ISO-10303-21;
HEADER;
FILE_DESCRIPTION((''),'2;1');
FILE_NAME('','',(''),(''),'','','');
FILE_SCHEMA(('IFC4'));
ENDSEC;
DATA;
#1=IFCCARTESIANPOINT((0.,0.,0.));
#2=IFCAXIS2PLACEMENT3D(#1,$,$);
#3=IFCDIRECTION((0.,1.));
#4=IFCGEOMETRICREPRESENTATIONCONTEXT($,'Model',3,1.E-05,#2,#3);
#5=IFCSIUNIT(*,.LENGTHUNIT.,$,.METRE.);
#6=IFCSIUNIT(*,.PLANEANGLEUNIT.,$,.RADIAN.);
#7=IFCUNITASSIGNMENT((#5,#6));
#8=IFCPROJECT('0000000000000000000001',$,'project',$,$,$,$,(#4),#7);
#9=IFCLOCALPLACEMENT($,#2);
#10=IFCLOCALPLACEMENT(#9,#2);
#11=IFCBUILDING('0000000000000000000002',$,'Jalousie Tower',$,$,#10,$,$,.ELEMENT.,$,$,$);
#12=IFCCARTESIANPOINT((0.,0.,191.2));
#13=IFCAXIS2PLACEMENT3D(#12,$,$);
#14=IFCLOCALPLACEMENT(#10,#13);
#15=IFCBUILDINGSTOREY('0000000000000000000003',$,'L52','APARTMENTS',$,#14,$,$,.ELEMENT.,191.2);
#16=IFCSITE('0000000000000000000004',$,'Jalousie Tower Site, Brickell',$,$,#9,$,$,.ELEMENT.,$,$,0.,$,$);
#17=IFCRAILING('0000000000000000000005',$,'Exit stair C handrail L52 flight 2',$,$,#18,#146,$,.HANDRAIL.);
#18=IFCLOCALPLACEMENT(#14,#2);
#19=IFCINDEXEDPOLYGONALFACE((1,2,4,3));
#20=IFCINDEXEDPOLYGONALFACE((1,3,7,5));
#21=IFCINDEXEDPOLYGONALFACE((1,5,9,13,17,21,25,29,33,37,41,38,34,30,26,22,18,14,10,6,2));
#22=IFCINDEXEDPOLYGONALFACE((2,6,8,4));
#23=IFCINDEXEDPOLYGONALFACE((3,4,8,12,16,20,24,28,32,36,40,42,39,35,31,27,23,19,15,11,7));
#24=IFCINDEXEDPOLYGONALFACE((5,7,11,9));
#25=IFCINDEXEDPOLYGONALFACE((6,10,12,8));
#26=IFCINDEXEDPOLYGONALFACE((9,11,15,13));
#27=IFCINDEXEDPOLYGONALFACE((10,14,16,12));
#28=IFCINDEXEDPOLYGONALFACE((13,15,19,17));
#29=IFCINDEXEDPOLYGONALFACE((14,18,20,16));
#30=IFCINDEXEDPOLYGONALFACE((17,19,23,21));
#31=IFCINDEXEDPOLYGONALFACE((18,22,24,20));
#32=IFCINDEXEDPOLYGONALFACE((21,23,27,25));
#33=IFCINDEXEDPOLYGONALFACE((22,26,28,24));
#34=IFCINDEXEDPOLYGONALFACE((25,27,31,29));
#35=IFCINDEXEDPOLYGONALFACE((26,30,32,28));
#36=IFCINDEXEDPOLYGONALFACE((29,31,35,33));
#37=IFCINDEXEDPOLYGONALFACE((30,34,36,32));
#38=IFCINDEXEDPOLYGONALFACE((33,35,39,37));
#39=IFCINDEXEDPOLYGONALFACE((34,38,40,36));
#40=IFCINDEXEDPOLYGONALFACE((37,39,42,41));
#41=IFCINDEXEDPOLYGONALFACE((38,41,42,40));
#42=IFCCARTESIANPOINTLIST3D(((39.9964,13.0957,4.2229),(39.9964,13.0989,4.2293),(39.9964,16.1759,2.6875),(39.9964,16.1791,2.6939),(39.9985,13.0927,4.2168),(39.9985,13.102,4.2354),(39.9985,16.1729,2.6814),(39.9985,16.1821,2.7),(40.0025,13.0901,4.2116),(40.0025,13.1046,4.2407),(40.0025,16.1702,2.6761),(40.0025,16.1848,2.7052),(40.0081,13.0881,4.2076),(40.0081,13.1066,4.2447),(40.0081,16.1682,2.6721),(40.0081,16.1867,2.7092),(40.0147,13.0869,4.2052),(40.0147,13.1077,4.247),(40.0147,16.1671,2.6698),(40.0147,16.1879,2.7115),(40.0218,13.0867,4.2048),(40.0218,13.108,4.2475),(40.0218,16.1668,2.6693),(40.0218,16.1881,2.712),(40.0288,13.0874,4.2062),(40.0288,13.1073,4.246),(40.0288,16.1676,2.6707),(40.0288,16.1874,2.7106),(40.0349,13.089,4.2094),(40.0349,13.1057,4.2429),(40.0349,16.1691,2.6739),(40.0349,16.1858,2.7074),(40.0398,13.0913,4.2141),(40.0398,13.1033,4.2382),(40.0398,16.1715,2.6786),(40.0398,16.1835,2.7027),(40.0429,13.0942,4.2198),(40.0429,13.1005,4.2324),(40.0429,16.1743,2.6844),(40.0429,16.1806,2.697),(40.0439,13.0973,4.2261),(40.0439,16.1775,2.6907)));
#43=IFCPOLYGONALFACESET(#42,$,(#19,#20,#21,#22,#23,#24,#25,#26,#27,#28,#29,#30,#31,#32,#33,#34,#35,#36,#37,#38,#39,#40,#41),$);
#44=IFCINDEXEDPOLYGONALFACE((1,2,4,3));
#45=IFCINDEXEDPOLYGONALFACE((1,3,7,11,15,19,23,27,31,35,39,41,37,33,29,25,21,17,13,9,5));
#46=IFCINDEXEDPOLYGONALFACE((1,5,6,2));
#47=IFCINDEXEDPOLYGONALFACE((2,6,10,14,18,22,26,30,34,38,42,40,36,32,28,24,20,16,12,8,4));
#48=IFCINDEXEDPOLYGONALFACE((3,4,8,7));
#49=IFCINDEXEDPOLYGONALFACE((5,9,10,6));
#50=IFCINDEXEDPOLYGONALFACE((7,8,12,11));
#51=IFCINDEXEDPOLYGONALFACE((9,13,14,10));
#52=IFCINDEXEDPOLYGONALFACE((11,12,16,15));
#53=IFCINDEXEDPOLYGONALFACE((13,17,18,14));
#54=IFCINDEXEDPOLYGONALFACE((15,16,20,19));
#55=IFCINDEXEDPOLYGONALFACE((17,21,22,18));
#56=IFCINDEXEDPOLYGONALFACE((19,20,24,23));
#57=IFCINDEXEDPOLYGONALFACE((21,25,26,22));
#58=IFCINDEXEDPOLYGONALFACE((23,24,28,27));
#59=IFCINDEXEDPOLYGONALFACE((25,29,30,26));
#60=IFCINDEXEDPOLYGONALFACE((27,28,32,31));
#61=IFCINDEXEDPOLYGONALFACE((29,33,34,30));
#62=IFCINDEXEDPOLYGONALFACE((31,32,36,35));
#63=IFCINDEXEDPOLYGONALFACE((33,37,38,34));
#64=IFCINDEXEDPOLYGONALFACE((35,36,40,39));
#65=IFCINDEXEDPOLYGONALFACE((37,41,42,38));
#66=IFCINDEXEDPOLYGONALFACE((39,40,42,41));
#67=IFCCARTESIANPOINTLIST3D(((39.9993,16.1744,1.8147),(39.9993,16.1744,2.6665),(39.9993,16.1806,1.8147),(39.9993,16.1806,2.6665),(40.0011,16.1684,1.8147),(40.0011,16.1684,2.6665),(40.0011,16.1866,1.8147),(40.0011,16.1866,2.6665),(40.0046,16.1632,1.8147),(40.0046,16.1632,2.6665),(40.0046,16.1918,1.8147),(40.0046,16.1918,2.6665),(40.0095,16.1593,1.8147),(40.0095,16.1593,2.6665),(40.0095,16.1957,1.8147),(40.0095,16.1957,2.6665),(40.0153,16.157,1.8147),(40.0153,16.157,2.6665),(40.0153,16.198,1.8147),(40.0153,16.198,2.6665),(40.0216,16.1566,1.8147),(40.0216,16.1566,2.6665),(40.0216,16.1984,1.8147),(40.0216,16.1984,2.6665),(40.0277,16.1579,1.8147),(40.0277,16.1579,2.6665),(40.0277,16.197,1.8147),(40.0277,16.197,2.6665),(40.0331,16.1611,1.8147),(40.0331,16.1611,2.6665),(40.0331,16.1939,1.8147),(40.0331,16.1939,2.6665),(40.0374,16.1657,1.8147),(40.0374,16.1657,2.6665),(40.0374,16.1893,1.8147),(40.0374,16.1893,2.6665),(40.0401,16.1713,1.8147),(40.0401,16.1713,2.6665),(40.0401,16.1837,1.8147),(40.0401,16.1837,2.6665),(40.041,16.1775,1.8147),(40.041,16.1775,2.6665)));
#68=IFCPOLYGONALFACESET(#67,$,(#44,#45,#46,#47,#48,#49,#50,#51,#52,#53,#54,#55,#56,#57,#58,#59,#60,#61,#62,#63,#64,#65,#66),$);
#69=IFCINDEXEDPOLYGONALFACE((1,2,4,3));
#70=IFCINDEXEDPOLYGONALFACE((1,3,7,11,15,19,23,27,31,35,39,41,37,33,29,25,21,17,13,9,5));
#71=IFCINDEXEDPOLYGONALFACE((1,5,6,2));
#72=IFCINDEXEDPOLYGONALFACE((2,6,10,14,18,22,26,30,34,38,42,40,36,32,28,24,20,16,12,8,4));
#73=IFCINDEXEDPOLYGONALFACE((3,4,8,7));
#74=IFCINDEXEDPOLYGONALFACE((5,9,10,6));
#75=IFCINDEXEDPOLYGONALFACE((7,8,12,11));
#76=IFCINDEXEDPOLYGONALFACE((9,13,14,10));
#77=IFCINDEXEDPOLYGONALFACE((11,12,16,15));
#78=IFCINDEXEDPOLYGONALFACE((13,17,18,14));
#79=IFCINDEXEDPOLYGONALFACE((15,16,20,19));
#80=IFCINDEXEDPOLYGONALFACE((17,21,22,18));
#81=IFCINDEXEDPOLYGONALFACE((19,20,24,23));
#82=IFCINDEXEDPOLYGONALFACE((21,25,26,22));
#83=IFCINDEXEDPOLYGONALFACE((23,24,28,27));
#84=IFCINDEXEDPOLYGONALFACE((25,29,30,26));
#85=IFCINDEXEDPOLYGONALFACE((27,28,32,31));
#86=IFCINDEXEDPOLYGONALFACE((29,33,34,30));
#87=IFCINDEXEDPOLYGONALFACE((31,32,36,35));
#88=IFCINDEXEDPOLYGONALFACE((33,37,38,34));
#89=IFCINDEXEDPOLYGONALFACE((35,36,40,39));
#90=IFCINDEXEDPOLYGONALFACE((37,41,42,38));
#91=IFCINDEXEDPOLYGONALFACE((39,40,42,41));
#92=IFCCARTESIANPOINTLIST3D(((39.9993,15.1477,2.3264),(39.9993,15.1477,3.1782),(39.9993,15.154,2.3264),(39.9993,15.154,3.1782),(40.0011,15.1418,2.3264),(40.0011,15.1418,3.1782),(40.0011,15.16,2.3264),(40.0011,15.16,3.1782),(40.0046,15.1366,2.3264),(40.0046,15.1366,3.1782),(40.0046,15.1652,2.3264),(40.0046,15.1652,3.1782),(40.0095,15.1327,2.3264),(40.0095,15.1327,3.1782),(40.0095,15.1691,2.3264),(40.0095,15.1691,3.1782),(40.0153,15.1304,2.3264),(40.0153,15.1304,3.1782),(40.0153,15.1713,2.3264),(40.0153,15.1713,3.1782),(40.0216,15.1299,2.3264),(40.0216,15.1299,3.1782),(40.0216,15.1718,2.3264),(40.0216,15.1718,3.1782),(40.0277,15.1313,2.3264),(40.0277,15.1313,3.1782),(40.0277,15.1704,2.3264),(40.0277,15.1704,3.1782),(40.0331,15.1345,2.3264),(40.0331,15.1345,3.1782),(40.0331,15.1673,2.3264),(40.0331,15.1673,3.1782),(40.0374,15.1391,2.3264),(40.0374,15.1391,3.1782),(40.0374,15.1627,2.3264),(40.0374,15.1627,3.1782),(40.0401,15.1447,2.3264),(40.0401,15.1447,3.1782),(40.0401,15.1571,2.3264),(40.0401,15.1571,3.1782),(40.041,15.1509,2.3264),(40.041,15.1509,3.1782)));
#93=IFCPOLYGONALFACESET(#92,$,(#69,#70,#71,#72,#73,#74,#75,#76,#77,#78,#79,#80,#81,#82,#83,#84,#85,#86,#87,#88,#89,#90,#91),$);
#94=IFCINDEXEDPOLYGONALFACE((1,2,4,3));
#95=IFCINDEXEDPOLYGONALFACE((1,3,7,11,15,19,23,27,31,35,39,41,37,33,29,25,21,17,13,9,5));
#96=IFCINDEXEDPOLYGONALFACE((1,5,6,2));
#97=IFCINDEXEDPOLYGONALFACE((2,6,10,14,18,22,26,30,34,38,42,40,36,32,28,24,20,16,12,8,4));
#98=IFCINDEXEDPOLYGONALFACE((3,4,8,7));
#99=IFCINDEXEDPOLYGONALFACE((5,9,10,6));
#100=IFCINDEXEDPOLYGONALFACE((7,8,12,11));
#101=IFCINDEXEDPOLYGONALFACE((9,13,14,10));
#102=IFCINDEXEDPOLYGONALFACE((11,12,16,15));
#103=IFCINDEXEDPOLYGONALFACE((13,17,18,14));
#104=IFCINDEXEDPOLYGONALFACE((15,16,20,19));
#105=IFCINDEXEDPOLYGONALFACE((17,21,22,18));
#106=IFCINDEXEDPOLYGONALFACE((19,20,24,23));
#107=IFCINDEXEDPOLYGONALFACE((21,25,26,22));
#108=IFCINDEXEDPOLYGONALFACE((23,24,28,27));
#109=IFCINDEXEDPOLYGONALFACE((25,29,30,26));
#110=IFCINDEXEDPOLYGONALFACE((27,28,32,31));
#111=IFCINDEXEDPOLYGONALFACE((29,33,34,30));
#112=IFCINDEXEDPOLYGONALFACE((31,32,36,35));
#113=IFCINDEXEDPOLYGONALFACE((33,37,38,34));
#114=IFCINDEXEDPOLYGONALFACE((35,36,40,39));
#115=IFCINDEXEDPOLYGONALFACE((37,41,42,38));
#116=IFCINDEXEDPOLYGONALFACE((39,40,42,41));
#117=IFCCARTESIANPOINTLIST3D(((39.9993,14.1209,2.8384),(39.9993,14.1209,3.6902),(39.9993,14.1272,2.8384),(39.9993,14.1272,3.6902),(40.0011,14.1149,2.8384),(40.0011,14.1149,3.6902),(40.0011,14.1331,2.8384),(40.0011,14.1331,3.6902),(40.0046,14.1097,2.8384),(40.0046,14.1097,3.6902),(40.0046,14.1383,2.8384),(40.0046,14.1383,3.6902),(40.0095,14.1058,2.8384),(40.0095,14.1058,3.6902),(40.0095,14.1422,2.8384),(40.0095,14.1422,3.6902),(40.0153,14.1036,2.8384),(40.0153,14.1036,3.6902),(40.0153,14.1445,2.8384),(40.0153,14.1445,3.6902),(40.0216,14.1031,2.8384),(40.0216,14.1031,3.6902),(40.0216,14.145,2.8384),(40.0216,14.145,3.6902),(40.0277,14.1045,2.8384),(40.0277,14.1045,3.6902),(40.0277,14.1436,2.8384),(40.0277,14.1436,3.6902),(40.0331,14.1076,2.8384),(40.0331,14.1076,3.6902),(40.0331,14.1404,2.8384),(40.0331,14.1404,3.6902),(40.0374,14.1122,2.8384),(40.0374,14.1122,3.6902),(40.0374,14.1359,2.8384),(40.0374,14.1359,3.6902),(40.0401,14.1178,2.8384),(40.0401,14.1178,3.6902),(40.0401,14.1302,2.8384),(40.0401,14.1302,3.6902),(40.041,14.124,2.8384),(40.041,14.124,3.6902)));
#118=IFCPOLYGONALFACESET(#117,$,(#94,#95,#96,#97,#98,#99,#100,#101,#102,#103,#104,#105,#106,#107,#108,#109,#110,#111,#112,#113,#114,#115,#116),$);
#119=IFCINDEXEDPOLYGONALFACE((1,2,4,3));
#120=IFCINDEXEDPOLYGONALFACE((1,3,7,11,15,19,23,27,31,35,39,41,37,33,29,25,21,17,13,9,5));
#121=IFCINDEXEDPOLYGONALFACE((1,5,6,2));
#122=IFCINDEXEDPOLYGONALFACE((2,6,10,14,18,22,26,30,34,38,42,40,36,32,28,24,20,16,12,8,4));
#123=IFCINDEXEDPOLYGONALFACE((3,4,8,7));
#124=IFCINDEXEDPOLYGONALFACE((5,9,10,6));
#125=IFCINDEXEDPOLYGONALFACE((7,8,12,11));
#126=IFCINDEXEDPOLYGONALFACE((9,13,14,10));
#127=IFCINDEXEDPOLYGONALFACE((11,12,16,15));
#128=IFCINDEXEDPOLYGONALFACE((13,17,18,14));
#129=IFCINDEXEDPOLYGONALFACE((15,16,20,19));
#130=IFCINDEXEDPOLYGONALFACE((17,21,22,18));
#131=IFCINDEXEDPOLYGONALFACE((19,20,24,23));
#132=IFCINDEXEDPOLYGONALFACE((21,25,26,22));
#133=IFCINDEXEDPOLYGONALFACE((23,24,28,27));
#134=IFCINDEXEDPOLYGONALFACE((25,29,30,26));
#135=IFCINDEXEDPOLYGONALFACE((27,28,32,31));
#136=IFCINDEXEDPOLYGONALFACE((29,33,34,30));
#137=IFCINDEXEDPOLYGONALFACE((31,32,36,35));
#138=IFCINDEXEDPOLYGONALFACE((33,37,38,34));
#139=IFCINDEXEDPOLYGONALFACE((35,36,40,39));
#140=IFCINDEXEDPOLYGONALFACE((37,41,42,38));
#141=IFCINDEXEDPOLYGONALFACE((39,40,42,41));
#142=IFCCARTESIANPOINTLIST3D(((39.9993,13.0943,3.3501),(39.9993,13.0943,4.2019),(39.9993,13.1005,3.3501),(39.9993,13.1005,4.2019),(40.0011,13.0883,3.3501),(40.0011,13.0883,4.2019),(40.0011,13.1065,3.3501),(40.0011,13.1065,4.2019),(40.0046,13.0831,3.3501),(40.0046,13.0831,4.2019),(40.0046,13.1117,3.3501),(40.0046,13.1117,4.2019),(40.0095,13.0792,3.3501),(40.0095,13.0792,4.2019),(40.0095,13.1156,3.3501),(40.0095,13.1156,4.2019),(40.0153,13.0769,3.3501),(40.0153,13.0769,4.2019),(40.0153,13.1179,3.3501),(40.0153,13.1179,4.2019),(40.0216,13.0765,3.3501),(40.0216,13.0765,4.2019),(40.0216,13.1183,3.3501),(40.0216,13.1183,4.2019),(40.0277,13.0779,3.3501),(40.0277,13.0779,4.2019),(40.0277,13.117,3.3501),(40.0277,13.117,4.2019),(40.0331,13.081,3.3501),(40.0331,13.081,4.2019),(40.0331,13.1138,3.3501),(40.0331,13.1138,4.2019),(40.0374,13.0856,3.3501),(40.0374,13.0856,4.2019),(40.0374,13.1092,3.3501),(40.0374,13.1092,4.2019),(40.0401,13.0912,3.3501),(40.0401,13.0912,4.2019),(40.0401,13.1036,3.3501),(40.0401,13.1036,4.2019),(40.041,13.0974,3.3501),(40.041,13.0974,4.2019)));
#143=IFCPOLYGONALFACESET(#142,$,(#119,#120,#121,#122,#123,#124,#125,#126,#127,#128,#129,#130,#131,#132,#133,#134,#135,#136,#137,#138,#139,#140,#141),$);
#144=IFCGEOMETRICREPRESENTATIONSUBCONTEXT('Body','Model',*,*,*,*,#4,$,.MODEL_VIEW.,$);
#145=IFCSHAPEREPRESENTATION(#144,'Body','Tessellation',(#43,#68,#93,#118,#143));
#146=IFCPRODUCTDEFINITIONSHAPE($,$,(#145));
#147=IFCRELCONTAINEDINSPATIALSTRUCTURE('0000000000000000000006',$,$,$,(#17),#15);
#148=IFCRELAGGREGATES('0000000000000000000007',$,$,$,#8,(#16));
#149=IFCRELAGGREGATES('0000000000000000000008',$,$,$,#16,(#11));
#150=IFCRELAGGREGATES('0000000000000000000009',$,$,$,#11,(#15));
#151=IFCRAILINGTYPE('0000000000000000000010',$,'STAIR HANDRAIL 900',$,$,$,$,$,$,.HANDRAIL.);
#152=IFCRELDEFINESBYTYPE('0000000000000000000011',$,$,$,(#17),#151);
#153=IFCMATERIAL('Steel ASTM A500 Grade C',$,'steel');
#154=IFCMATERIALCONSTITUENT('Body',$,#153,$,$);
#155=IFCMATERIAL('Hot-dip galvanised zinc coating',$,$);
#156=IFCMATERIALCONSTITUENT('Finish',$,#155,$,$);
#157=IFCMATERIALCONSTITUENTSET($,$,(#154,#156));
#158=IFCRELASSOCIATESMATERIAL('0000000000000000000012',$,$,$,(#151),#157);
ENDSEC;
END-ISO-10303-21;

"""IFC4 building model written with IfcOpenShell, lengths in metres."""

from ifc_helpers import new_model, si_unit, direction, frame, origin, origin_2d, place, context, subcontext, project, spatial, circle, extrude, material, constituent, constituent_set, type_object, element, save


model = new_model("IFC4")

# Units and contexts
model_context = context("Model", 3, precision=1e-05, world=origin(), true_north=direction((0.0, 1.0)))
body_context = subcontext(model_context, "Body", "Model", "MODEL_VIEW")
ifc_project = project(units=[si_unit("LENGTHUNIT", "METRE"), si_unit("PLANEANGLEUNIT", "RADIAN")], contexts=[model_context])

# Site, building, storey
site_placement = place(None, origin())
site = spatial("IfcSite", under=ifc_project, at=site_placement, Name="Jalousie Tower Site, Brickell", CompositionType="ELEMENT", RefElevation=0.0)
building_placement = place(site_placement, origin())
building = spatial("IfcBuilding", under=site, at=building_placement, Name="Jalousie Tower", CompositionType="ELEMENT")
storey_placement = place(building_placement, frame((0.0, 0.0, 191.2)))
storey = spatial("IfcBuildingStorey", under=building, at=storey_placement, Name="L52", Description="APARTMENTS", CompositionType="ELEMENT", Elevation=191.2)

# Railing
ifc_material_1 = material(Name="Steel ASTM A500 Grade C", Category="steel")
ifc_constituent_1 = constituent(ifc_material_1, Name="Body")
ifc_material_2 = material(Name="Hot-dip galvanised zinc coating")
ifc_constituent_2 = constituent(ifc_material_2, Name="Finish")
ifc_constituent_set_1 = constituent_set(constituents=[ifc_constituent_1, ifc_constituent_2])
railing_type_1 = type_object("IfcRailingType", Name="STAIR HANDRAIL 900", PredefinedType="HANDRAIL", material=ifc_constituent_set_1)
railing_1_placement = place(storey_placement, frame((40.02, 16.1775, 1.8147)))
element("IfcRailing", 1, at=railing_1_placement, inside=storey, type_object=railing_type_1, Name="Exit stair C handrail L52 flight 2", PredefinedType="HANDRAIL", context=body_context, shape_type="SweptSolid", body=[
    extrude(circle(Radius=0.0239, at=origin_2d()), frame((0.0, 0.0, 0.876), z_axis=(0.0, -0.894966, 0.446135), x_axis=(1.0, 0.0, 0.0)), (0.0, 0.0, 1.0), 3.4417),
    extrude(circle(Radius=0.021, at=origin_2d()), origin(), (0.0, 0.0, 1.0), 0.8518),
    extrude(circle(Radius=0.021, at=origin_2d()), frame((0.0, -1.0266, 0.5117)), (0.0, 0.0, 1.0), 0.8518),
    extrude(circle(Radius=0.021, at=origin_2d()), frame((0.0, -2.0535, 1.0237)), (0.0, 0.0, 1.0), 0.8518),
    extrude(circle(Radius=0.021, at=origin_2d()), frame((0.0, -3.0801, 1.5354)), (0.0, 0.0, 1.0), 0.8518),
])

save(model, "model.ifc")
